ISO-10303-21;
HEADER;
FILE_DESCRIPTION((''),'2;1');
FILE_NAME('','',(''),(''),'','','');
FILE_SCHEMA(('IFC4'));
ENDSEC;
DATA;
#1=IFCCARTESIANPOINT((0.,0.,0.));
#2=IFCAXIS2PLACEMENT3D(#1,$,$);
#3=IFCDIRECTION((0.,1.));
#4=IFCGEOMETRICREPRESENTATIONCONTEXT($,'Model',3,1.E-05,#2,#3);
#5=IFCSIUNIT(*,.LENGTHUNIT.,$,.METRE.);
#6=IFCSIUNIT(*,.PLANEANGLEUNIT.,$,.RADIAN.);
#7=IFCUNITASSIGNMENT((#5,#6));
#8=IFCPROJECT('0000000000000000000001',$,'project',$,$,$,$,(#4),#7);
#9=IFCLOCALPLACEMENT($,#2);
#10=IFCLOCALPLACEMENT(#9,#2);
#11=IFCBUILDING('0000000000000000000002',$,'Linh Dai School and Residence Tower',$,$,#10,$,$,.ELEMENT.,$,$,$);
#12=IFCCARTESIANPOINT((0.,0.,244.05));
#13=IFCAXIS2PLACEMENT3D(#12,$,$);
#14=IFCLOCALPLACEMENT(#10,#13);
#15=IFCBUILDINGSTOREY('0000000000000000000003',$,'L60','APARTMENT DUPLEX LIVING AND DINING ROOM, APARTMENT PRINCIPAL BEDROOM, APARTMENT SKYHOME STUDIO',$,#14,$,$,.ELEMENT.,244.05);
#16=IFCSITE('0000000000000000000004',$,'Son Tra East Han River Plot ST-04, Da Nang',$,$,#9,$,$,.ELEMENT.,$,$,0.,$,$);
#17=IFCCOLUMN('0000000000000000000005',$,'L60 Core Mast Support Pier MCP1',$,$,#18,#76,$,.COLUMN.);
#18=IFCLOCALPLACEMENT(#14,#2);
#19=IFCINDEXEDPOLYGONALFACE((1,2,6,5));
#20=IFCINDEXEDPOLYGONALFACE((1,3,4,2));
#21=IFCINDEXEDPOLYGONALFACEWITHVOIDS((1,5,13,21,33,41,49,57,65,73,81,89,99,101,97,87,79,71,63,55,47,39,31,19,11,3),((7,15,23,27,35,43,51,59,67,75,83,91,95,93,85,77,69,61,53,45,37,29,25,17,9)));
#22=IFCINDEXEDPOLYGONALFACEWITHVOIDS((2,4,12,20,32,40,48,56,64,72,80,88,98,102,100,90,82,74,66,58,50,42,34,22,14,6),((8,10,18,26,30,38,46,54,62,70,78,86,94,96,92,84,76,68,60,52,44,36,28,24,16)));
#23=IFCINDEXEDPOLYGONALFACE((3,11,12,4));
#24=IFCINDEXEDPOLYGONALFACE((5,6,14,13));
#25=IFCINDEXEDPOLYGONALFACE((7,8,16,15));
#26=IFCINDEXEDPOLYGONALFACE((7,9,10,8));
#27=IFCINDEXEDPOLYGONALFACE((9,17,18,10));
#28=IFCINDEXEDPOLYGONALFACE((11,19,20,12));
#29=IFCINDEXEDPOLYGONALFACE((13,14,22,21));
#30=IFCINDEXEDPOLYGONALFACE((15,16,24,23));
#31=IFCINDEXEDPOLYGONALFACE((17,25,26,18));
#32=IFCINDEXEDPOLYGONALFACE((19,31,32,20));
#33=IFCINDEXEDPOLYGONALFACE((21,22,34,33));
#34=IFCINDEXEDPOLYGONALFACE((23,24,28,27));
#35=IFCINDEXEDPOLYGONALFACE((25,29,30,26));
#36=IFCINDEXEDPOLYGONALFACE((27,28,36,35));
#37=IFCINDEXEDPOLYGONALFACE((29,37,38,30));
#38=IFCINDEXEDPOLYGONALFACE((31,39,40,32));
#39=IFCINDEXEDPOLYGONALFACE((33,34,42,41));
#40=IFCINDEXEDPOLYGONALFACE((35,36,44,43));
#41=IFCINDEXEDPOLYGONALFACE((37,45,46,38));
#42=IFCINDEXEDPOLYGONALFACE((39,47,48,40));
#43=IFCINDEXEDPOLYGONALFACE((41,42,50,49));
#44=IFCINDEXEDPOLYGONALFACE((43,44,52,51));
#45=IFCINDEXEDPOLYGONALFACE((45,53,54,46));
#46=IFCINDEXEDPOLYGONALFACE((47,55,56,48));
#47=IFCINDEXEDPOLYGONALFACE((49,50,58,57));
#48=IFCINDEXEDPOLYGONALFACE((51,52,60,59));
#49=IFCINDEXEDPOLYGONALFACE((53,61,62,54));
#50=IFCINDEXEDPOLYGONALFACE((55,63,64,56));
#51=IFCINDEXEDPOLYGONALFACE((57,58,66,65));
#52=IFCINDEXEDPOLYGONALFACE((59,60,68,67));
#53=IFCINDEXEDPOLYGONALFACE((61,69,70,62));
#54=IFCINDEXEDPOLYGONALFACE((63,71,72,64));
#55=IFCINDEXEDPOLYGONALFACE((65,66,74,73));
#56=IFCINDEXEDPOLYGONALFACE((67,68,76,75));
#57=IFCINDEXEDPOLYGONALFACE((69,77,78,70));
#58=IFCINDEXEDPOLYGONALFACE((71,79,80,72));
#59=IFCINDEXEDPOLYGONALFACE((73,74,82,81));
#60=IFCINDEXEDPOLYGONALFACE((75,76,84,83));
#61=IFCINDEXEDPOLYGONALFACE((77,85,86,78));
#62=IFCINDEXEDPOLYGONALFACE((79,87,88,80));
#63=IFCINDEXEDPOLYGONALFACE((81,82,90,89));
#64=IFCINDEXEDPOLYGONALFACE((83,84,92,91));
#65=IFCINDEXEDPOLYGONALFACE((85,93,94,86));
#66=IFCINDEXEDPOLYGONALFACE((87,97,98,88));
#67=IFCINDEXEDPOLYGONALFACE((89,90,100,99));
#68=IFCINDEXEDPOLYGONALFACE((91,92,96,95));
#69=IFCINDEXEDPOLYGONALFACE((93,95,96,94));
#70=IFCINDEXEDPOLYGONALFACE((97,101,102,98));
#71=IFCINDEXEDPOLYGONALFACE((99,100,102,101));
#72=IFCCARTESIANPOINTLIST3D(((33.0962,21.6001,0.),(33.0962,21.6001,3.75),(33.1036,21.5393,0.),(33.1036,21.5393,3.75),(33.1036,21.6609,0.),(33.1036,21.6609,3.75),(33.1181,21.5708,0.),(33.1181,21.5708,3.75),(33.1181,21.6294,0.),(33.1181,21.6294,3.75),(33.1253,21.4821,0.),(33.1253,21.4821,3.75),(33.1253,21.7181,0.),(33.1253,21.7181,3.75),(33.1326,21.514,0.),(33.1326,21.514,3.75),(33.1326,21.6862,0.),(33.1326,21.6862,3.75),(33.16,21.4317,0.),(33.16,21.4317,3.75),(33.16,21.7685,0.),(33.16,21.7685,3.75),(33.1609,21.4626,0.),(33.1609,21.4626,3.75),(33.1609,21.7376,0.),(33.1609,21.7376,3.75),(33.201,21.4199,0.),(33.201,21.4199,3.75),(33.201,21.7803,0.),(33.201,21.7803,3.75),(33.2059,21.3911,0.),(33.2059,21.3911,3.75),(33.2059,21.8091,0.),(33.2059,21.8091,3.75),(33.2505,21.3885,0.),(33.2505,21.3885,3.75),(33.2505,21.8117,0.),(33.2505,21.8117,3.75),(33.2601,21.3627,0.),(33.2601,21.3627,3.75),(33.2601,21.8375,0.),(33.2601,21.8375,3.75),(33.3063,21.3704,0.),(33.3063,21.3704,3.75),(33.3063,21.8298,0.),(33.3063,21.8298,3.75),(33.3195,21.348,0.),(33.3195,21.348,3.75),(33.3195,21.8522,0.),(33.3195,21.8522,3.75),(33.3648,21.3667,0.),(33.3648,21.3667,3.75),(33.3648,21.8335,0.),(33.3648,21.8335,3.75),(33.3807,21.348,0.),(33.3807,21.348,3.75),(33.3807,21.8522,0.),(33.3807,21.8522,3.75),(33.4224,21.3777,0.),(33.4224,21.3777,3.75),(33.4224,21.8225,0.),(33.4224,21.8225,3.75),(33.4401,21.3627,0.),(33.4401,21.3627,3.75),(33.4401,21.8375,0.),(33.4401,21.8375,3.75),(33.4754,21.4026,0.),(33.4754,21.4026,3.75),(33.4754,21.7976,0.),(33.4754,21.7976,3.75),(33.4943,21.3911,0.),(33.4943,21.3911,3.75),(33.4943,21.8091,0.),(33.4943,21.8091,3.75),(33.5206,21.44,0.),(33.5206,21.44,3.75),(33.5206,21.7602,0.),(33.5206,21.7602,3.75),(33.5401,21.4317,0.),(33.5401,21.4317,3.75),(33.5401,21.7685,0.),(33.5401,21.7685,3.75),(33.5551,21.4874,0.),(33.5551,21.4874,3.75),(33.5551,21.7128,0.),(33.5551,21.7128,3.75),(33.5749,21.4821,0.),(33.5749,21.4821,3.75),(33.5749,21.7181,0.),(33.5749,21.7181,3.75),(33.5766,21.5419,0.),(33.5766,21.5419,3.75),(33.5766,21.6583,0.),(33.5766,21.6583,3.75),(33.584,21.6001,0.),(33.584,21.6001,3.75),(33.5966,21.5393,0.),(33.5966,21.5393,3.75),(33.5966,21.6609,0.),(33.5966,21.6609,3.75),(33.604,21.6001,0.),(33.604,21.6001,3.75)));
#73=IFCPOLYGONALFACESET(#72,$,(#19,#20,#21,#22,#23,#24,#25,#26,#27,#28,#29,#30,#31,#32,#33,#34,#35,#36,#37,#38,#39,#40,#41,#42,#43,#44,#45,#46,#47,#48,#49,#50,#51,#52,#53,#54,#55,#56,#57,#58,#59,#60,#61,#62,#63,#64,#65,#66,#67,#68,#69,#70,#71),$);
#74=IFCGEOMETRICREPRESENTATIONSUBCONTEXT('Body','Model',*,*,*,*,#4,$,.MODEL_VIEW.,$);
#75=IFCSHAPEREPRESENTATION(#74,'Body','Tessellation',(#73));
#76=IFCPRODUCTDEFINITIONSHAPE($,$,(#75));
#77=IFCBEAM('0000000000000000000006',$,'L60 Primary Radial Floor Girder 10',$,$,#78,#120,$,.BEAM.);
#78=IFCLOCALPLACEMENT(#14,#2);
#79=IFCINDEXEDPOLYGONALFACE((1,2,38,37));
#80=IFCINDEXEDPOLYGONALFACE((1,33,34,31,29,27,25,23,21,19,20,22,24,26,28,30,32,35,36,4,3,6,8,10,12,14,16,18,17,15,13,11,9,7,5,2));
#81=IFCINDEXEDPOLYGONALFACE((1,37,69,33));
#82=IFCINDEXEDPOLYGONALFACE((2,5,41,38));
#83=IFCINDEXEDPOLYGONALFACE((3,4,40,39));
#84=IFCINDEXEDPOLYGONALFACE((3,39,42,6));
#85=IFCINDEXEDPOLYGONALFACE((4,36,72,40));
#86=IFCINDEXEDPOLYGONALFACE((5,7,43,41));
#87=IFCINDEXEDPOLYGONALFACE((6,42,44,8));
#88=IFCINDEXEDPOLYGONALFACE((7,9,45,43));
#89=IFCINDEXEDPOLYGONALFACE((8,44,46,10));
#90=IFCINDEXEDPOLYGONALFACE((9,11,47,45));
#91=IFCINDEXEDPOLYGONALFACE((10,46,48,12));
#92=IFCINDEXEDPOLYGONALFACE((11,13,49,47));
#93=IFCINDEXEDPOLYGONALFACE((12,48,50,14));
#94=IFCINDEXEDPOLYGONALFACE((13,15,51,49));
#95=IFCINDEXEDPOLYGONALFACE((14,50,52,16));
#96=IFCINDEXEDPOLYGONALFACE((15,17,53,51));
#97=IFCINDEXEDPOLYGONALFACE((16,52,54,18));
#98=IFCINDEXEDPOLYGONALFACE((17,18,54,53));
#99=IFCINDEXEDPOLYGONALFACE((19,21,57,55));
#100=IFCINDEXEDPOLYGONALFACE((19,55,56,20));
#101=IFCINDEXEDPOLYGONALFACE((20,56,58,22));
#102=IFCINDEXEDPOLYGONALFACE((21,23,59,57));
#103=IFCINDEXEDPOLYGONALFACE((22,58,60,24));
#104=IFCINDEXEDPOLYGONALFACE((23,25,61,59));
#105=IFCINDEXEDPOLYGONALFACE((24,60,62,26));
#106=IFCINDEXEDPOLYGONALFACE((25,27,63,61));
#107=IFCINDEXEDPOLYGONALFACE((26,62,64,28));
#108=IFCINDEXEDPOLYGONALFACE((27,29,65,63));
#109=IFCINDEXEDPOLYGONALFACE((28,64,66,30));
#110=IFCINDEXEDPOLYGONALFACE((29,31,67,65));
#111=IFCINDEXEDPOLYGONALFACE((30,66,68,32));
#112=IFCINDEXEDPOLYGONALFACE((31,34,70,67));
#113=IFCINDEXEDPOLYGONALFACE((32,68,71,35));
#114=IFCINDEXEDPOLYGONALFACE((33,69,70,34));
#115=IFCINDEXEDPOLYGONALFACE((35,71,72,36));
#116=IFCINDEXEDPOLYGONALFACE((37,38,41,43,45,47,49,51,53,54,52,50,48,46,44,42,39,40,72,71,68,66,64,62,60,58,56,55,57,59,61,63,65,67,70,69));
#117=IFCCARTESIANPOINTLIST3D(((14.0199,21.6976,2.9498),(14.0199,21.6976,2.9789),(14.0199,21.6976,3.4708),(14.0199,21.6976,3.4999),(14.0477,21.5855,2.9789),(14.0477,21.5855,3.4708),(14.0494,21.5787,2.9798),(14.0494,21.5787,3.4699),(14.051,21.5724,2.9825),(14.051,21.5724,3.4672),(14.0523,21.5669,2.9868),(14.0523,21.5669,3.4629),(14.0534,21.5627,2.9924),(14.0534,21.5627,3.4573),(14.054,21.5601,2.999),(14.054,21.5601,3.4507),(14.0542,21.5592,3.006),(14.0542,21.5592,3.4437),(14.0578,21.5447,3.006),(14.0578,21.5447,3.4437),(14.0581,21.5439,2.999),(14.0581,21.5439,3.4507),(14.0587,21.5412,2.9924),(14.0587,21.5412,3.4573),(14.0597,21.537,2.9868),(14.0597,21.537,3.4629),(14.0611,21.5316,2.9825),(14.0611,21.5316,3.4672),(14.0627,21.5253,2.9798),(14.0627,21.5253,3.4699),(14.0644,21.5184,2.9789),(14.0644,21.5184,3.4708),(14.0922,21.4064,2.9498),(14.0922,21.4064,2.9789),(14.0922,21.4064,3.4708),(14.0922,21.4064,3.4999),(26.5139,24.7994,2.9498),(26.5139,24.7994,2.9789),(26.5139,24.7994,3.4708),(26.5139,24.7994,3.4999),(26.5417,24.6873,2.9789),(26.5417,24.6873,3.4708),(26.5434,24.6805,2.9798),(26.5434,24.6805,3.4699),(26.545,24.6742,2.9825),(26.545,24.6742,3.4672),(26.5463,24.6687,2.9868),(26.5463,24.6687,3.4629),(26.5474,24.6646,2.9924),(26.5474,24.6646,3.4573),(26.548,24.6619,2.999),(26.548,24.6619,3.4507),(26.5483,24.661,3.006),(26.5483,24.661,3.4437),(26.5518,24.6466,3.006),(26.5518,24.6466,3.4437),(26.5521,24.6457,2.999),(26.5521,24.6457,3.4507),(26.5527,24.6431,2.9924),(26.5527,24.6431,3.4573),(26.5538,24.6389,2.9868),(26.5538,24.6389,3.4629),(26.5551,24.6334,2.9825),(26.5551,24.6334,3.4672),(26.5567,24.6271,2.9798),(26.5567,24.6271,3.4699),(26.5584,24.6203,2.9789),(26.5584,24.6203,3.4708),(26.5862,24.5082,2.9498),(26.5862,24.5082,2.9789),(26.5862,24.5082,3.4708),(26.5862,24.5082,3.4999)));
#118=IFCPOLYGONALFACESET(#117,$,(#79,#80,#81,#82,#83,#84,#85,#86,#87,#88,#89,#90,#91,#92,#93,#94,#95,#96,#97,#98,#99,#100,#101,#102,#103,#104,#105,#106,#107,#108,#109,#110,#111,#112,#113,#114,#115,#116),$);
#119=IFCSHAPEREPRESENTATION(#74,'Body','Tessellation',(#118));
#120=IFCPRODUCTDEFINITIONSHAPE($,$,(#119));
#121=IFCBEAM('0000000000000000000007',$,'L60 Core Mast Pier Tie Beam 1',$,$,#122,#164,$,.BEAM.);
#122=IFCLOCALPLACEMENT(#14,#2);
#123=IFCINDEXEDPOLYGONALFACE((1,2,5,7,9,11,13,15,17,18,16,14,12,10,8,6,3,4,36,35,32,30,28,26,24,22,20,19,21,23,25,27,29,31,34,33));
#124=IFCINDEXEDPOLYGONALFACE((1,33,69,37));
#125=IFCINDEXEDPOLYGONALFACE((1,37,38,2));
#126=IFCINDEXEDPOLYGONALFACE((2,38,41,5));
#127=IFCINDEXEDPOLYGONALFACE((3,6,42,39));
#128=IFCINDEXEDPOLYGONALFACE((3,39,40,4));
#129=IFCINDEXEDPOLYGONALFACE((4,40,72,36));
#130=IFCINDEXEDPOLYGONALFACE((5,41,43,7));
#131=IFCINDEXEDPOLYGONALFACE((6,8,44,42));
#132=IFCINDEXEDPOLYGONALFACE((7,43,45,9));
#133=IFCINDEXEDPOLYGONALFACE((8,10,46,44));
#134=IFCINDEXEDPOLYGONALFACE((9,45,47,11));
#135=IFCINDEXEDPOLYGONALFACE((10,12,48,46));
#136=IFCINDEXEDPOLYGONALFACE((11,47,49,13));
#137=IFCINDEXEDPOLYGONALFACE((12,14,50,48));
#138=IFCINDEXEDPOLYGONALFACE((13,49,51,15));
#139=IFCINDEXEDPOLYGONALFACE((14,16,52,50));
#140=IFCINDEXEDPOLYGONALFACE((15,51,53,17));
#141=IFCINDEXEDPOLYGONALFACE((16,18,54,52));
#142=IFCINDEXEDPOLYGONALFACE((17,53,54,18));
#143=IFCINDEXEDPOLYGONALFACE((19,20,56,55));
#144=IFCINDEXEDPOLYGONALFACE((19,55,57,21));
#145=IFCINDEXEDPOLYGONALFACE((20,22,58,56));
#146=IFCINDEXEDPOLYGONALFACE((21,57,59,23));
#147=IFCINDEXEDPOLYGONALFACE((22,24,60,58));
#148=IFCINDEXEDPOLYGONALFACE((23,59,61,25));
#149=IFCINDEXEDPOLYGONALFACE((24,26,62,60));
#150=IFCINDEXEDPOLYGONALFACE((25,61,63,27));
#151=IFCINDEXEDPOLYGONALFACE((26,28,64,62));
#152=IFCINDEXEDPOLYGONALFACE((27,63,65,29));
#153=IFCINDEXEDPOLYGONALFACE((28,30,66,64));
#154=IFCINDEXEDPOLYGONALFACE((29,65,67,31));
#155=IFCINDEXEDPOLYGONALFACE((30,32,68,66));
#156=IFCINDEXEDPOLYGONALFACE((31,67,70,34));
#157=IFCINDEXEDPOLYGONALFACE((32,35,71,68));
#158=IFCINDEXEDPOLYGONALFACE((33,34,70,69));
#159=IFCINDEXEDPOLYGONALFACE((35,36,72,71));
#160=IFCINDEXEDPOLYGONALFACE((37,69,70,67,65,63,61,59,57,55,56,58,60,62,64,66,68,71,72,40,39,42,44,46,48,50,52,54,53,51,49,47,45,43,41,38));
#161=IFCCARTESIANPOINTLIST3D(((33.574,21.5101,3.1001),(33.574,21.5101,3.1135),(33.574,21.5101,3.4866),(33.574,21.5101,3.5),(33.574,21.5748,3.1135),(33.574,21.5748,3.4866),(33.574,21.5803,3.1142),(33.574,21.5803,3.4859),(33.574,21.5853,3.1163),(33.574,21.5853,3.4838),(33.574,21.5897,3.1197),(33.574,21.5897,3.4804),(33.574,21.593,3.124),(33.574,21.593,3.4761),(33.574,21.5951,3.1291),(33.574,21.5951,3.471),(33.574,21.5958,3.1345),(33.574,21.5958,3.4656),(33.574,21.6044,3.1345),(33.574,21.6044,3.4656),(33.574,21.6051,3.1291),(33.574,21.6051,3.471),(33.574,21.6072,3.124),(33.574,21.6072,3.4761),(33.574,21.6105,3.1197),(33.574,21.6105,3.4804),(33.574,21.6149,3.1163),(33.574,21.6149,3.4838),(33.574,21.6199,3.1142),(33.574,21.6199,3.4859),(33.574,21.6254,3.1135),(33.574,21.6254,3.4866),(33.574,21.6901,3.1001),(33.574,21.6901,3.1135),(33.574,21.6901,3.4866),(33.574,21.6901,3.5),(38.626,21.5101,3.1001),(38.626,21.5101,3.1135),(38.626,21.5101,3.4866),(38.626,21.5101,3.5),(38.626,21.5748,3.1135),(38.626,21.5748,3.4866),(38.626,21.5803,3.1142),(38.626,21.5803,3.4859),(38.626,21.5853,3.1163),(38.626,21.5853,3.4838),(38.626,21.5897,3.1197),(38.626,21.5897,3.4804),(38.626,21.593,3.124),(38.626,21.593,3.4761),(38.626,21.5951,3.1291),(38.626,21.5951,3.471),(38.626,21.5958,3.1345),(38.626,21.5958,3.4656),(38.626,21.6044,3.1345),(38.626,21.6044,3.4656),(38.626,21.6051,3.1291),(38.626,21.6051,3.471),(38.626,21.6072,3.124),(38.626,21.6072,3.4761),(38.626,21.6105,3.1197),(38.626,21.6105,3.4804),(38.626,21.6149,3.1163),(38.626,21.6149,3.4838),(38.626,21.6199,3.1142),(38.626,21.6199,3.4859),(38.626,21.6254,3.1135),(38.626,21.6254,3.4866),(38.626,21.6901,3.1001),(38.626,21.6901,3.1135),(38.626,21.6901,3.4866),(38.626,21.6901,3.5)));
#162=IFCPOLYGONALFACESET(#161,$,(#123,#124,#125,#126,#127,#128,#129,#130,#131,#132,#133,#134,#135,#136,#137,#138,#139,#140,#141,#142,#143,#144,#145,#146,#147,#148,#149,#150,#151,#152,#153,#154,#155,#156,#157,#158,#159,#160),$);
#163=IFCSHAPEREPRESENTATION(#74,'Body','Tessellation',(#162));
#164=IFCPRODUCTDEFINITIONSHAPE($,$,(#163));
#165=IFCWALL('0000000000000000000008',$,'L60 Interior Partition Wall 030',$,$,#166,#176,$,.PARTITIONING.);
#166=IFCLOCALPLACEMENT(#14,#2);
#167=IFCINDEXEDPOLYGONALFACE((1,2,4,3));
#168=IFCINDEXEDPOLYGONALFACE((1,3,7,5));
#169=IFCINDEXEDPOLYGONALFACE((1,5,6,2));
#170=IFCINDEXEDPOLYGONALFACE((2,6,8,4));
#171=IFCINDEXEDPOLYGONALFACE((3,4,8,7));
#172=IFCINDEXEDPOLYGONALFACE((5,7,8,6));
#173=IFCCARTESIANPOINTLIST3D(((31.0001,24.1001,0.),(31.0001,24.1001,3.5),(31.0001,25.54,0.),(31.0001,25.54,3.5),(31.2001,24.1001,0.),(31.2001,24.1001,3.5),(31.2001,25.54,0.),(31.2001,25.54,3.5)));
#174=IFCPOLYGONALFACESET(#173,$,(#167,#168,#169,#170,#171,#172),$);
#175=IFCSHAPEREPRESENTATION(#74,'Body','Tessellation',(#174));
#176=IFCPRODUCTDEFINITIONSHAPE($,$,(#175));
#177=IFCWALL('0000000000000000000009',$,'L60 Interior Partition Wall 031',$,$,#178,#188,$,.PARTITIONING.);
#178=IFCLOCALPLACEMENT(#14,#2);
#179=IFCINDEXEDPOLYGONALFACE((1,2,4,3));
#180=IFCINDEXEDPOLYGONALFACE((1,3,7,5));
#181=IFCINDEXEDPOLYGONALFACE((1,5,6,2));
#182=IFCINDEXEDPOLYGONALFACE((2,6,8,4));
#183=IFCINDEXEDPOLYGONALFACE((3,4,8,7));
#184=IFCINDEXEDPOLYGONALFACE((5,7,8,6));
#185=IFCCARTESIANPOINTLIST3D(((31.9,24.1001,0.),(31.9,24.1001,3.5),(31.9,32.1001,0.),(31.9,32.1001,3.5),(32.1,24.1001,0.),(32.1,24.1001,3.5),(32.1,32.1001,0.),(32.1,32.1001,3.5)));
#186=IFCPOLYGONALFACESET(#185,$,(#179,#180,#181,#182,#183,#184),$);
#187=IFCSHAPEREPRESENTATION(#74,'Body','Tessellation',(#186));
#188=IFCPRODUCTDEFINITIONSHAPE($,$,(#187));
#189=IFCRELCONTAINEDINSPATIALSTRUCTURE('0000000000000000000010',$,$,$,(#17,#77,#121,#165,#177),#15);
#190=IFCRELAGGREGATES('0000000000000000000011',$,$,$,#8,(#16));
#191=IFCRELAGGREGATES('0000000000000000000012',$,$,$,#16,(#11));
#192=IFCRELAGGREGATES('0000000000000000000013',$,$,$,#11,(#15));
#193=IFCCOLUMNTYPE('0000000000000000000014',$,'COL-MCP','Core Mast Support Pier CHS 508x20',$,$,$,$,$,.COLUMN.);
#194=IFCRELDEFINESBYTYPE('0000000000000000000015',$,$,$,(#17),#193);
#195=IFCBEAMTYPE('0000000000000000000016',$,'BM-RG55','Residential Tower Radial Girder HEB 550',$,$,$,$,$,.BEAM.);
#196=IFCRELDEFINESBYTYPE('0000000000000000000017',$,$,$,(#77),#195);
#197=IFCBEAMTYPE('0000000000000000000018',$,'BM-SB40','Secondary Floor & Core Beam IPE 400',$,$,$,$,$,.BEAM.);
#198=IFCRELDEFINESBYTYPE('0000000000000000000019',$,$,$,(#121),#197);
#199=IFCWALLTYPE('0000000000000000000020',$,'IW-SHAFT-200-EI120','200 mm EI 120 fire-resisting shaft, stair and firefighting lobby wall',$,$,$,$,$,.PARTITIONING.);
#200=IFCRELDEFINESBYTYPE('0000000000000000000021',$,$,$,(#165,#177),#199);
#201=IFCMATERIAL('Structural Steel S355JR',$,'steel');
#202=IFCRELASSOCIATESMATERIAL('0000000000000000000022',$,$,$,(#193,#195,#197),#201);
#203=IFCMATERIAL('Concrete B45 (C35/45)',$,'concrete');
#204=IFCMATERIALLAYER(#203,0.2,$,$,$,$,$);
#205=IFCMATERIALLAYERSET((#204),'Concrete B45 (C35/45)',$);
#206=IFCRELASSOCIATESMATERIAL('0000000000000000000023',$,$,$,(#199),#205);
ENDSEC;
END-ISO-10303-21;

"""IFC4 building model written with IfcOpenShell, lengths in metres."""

from ifc_helpers import new_model, si_unit, direction, frame, frame_2d, origin, origin_2d, place, context, subcontext, project, spatial, rectangle, hollow_circle, i_section, extrude, material, layer, layer_set, material_profile, profile_set, type_object, element, save


model = new_model("IFC4")

# Units and contexts
model_context = context("Model", 3, precision=1e-05, world=origin(), true_north=direction((0.0, 1.0)))
body_context = subcontext(model_context, "Body", "Model", "MODEL_VIEW")
ifc_project = project(units=[si_unit("LENGTHUNIT", "METRE"), si_unit("PLANEANGLEUNIT", "RADIAN")], contexts=[model_context])

# Site, building, storey
site_placement = place(None, origin())
site = spatial("IfcSite", under=ifc_project, at=site_placement, Name="Son Tra East Han River Plot ST-04, Da Nang", CompositionType="ELEMENT", RefElevation=0.0)
building_placement = place(site_placement, origin())
building = spatial("IfcBuilding", under=site, at=building_placement, Name="Linh Dai School and Residence Tower", CompositionType="ELEMENT")
storey_placement = place(building_placement, frame((0.0, 0.0, 244.05)))
storey = spatial("IfcBuildingStorey", under=building, at=storey_placement, Name="L60", Description="APARTMENT DUPLEX LIVING AND DINING ROOM, APARTMENT PRINCIPAL BEDROOM, APARTMENT SKYHOME STUDIO", CompositionType="ELEMENT", Elevation=244.05)

# Column
ifc_material_1 = material(Name="Structural Steel S355JR", Category="steel")
ifc_material_profile_1 = material_profile(ifc_material_1, hollow_circle(Radius=0.2539, WallThickness=0.02, at=origin_2d()), Name="CHS 508x20")
ifc_profile_set_1 = profile_set([ifc_material_profile_1], Name="Structural Steel S355JR")
column_type_1 = type_object("IfcColumnType", Name="COL-MCP", Description="Core Mast Support Pier CHS 508x20", PredefinedType="COLUMN", material=ifc_profile_set_1)
column_placement = place(storey_placement, frame((33.3501, 21.6001, 0.0), z_axis=(0.0, 0.0, 1.0), x_axis=(1.0, 0.0, 0.0)))
element("IfcColumn", 1, at=column_placement, inside=storey, type_object=column_type_1, Name="L60 Core Mast Support Pier MCP1", PredefinedType="COLUMN", context=body_context, shape_type="SweptSolid", body=[
    extrude(hollow_circle(Radius=0.2539, WallThickness=0.02, at=origin_2d()), origin(), (0.0, 0.0, 1.0), 3.75),
])

# Beams
ifc_material_profile_2 = material_profile(ifc_material_1, i_section(OverallWidth=0.3, OverallDepth=0.55, WebThickness=0.0149, FlangeThickness=0.0291, FilletRadius=0.0271, at=origin_2d()), Name="HEB 550")
ifc_profile_set_2 = profile_set([ifc_material_profile_2], Name="Structural Steel S355JR")
beam_type_1 = type_object("IfcBeamType", Name="BM-RG55", Description="Residential Tower Radial Girder HEB 550", PredefinedType="BEAM", material=ifc_profile_set_2)
beam_1_placement = place(storey_placement, frame((26.55, 24.6538, 3.2249), z_axis=(-0.970537, -0.240951, 0.0), x_axis=(0.240951, -0.970537, 0.0)))
element("IfcBeam", 2, at=beam_1_placement, inside=storey, type_object=beam_type_1, Name="L60 Primary Radial Floor Girder 10", PredefinedType="BEAM", context=body_context, shape_type="SweptSolid", body=[
    extrude(i_section(OverallWidth=0.3, OverallDepth=0.55, WebThickness=0.0149, FlangeThickness=0.0291, FilletRadius=0.0271, at=origin_2d()), origin(), (0.0, 0.0, 1.0), 12.8733),
])
ifc_material_profile_3 = material_profile(ifc_material_1, i_section(OverallWidth=0.1799, OverallDepth=0.3999, WebThickness=0.0085, FlangeThickness=0.0134, FilletRadius=0.021, at=origin_2d()), Name="IPE 400")
ifc_profile_set_3 = profile_set([ifc_material_profile_3], Name="Structural Steel S355JR")
beam_type_2 = type_object("IfcBeamType", Name="BM-SB40", Description="Secondary Floor & Core Beam IPE 400", PredefinedType="BEAM", material=ifc_profile_set_3)
beam_2_placement = place(storey_placement, frame((33.574, 21.6001, 3.3), z_axis=(1.0, 0.0, 0.0), x_axis=(0.0, 1.0, 0.0)))
element("IfcBeam", 3, at=beam_2_placement, inside=storey, type_object=beam_type_2, Name="L60 Core Mast Pier Tie Beam 1", PredefinedType="BEAM", context=body_context, shape_type="SweptSolid", body=[
    extrude(i_section(OverallWidth=0.1799, OverallDepth=0.3999, WebThickness=0.0085, FlangeThickness=0.0134, FilletRadius=0.021, at=origin_2d()), origin(), (0.0, 0.0, 1.0), 5.052),
])

# Shared definitions
ifc_material_2 = material(Name="Concrete B45 (C35/45)", Category="concrete")
ifc_layer_1 = layer(ifc_material_2, 0.2)
ifc_layer_set_1 = layer_set([ifc_layer_1], Name="Concrete B45 (C35/45)")
wall_type_1 = type_object("IfcWallType", Name="IW-SHAFT-200-EI120", Description="200 mm EI 120 fire-resisting shaft, stair and firefighting lobby wall", PredefinedType="PARTITIONING", material=ifc_layer_set_1)

# Walls
wall_1_placement = place(storey_placement, frame((31.1001, 24.1001, 0.0), z_axis=(0.0, 0.0, 1.0), x_axis=(0.0, 1.0, 0.0)))
element("IfcWall", 4, at=wall_1_placement, inside=storey, type_object=wall_type_1, Name="L60 Interior Partition Wall 030", PredefinedType="PARTITIONING", context=body_context, shape_type="SweptSolid", body=[
    extrude(rectangle(XDim=1.4399, YDim=0.2, at=frame_2d((0.72, 0.0))), origin(), (0.0, 0.0, 1.0), 3.5),
])
wall_2_placement = place(storey_placement, frame((32.0, 24.1001, 0.0), z_axis=(0.0, 0.0, 1.0), x_axis=(0.0, 1.0, 0.0)))
element("IfcWall", 5, at=wall_2_placement, inside=storey, type_object=wall_type_1, Name="L60 Interior Partition Wall 031", PredefinedType="PARTITIONING", context=body_context, shape_type="SweptSolid", body=[
    extrude(rectangle(XDim=8.0, YDim=0.2, at=frame_2d((4.0, 0.0))), origin(), (0.0, 0.0, 1.0), 3.5),
])

save(model, "model.ifc")
